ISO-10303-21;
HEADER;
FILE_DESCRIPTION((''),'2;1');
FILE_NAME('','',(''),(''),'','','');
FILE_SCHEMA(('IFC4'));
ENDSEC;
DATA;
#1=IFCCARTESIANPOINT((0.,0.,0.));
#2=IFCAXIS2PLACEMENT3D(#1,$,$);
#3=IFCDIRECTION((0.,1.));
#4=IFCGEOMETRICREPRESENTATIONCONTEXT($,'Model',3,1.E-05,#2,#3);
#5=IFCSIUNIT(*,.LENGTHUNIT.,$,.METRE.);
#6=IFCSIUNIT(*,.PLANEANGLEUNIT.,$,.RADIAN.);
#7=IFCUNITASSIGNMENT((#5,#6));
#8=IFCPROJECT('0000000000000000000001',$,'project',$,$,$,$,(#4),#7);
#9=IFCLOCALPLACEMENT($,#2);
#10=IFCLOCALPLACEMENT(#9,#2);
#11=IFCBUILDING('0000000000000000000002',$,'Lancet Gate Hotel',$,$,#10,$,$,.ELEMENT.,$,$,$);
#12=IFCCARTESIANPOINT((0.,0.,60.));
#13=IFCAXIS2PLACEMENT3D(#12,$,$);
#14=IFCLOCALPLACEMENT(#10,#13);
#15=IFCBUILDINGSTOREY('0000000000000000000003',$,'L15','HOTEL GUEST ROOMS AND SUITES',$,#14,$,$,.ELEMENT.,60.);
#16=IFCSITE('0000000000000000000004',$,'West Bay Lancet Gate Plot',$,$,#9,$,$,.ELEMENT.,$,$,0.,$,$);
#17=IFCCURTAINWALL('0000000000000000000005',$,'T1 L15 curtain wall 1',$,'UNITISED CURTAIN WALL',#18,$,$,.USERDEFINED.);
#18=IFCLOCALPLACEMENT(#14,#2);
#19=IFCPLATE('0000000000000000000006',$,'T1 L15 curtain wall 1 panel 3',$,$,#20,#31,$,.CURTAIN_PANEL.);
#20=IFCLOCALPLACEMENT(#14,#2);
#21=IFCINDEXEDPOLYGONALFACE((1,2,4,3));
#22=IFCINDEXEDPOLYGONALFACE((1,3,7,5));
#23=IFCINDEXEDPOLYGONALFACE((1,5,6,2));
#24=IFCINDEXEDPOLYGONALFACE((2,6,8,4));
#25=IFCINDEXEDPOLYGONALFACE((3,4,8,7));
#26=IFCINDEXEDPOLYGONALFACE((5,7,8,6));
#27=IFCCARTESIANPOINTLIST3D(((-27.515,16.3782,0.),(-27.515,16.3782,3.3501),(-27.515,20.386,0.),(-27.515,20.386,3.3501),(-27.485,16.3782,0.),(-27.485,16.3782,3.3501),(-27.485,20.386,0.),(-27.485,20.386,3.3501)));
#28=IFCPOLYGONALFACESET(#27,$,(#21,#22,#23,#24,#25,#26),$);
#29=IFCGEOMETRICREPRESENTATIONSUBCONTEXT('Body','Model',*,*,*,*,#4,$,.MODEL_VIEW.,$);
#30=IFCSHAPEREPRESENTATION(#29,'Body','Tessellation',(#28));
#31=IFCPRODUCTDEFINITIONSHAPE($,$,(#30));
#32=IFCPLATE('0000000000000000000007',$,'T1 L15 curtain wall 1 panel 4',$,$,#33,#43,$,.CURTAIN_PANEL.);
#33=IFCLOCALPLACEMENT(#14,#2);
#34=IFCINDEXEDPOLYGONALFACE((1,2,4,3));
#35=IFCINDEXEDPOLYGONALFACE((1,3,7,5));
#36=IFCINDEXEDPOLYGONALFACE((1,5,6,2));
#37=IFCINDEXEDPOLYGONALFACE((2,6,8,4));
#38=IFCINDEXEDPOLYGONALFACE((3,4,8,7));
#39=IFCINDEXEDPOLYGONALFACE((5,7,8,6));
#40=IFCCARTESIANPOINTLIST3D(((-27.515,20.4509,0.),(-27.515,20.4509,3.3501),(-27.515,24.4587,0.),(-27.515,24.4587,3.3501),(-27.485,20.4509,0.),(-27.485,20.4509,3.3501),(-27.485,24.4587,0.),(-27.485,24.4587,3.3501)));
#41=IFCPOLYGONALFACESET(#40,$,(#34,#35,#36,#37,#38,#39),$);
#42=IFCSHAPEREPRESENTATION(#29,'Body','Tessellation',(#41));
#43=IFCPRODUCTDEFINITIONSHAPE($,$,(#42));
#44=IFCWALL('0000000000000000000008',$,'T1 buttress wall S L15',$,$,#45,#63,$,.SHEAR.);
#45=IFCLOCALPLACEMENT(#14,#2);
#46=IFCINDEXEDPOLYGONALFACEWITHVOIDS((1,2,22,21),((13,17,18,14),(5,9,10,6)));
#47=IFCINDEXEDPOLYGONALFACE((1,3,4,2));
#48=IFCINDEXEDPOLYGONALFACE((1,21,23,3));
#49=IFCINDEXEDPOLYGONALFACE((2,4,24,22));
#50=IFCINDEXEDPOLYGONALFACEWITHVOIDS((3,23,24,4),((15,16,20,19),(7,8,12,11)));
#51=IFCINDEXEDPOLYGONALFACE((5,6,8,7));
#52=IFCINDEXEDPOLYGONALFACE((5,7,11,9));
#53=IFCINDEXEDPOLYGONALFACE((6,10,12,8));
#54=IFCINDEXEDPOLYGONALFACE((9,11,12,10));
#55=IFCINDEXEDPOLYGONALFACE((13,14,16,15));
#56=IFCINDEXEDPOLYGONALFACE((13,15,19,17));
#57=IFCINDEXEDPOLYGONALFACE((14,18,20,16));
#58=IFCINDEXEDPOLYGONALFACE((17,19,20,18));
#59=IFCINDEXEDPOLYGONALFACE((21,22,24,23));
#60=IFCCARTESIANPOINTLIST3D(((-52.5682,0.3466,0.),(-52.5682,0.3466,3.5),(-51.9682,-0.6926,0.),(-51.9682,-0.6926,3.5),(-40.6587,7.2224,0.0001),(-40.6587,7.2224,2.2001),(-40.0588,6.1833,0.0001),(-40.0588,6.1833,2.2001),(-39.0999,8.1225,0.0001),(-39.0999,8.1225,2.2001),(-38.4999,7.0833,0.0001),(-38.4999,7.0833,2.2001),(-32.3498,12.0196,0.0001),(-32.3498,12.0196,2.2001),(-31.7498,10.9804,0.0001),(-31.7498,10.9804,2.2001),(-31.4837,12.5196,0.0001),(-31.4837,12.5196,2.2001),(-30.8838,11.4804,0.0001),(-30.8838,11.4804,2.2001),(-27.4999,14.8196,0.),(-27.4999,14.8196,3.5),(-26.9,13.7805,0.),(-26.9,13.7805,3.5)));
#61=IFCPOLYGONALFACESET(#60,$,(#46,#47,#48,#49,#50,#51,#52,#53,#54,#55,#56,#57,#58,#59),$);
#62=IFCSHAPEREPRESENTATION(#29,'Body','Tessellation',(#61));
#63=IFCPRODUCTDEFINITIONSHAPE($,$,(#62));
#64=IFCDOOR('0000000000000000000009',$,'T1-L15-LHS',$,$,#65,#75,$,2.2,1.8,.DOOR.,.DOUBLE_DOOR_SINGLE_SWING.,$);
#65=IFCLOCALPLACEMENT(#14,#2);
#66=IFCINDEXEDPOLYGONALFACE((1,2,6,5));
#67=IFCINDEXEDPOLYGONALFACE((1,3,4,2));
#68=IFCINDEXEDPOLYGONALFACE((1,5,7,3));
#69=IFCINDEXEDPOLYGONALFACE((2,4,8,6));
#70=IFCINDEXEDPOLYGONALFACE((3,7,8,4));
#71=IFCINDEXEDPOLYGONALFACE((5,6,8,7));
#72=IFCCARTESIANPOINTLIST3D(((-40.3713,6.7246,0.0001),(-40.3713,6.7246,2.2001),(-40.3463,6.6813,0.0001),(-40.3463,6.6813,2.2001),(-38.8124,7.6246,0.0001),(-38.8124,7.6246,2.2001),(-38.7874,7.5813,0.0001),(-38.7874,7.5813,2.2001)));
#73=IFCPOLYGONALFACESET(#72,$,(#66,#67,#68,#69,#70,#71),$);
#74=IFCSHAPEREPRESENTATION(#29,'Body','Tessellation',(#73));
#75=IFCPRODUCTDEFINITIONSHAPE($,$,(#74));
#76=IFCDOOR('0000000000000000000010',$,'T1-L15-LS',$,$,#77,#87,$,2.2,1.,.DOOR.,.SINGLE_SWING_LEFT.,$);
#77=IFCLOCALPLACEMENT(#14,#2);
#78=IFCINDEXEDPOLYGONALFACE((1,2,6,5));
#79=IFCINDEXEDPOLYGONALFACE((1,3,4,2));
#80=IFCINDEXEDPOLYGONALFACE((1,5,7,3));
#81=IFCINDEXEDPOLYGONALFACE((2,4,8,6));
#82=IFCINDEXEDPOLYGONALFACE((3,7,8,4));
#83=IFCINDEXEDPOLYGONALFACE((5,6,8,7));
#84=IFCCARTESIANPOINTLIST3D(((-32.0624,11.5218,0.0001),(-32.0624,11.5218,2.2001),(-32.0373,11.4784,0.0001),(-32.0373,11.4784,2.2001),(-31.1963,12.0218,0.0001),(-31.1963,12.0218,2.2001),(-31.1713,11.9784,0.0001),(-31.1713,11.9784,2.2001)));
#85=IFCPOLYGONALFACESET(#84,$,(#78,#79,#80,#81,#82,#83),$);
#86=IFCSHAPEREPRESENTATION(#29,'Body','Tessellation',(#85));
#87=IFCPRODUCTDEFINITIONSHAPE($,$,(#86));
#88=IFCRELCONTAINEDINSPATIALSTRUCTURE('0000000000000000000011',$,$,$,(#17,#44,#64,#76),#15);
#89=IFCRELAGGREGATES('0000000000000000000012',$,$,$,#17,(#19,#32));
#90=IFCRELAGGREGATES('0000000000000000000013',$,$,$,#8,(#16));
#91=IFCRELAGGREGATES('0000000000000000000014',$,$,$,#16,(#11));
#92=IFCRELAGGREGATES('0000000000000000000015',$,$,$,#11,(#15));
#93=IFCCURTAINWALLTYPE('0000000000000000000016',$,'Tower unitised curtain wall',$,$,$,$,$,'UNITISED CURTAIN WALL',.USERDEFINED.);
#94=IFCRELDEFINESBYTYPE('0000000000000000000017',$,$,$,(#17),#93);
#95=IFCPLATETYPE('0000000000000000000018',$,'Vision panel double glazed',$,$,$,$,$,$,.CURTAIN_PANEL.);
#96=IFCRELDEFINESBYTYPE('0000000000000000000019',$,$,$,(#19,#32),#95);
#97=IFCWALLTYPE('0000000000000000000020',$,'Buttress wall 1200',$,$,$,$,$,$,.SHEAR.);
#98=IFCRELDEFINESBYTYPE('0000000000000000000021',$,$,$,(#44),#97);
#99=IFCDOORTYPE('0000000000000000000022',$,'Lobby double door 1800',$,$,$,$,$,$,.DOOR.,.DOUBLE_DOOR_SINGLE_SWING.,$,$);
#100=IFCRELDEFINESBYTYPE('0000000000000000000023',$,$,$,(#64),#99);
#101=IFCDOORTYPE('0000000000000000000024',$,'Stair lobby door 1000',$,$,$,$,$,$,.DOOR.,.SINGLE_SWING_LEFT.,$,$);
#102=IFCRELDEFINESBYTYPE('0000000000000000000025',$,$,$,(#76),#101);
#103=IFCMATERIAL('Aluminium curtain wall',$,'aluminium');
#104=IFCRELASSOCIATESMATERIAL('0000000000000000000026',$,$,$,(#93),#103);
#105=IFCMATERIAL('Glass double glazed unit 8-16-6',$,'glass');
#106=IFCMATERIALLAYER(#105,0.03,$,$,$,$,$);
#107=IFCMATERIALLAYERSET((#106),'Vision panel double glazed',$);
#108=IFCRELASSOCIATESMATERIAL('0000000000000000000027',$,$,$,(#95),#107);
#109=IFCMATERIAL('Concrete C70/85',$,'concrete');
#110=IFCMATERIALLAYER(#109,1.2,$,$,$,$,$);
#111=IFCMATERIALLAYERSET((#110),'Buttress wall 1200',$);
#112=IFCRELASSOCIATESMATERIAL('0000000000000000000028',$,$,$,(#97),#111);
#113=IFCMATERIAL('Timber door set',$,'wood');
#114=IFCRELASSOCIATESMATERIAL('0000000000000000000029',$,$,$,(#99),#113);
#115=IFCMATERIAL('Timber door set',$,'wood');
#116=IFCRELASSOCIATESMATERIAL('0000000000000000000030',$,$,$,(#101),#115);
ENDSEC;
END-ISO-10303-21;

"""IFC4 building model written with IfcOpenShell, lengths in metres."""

from ifc_helpers import new_model, si_unit, direction, frame, frame_2d, origin, origin_2d, place, context, subcontext, project, spatial, rectangle, extrude, material, layer, layer_set, type_object, element, fill, aggregate, save


model = new_model("IFC4")

# Units and contexts
model_context = context("Model", 3, precision=1e-05, world=origin(), true_north=direction((0.0, 1.0)))
body_context = subcontext(model_context, "Body", "Model", "MODEL_VIEW")
ifc_project = project(units=[si_unit("LENGTHUNIT", "METRE"), si_unit("PLANEANGLEUNIT", "RADIAN")], contexts=[model_context])

# Site, building, storey
site_placement = place(None, origin())
site = spatial("IfcSite", under=ifc_project, at=site_placement, Name="West Bay Lancet Gate Plot", CompositionType="ELEMENT", RefElevation=0.0)
building_placement = place(site_placement, origin())
building = spatial("IfcBuilding", under=site, at=building_placement, Name="Lancet Gate Hotel", CompositionType="ELEMENT")
storey_placement = place(building_placement, frame((0.0, 0.0, 60.0)))
storey = spatial("IfcBuildingStorey", under=building, at=storey_placement, Name="L15", Description="HOTEL GUEST ROOMS AND SUITES", CompositionType="ELEMENT", Elevation=60.0)

# Curtain wall
ifc_material_1 = material(Name="Aluminium curtain wall", Category="aluminium")
curtain_wall_type = type_object("IfcCurtainWallType", Name="Tower unitised curtain wall", ElementType="UNITISED CURTAIN WALL", PredefinedType="USERDEFINED", material=ifc_material_1)
curtain_wall_placement = place(storey_placement, origin())
curtain_wall = element("IfcCurtainWall", 1, at=curtain_wall_placement, inside=storey, type_object=curtain_wall_type, Name="T1 L15 curtain wall 1", ObjectType="UNITISED CURTAIN WALL", PredefinedType="USERDEFINED")

# Plates
ifc_material_2 = material(Name="Glass double glazed unit 8-16-6", Category="glass")
ifc_layer_1 = layer(ifc_material_2, 0.03)
ifc_layer_set_1 = layer_set([ifc_layer_1], Name="Vision panel double glazed")
plate_type = type_object("IfcPlateType", Name="Vision panel double glazed", PredefinedType="CURTAIN_PANEL", material=ifc_layer_set_1)
plate_1_placement = place(storey_placement, frame((-27.5, 18.3821, 0.0), z_axis=(0.0, 0.0, 1.0), x_axis=(0.0, 1.0, 0.0)))
plate_1 = element("IfcPlate", 2, at=plate_1_placement, type_object=plate_type, Name="T1 L15 curtain wall 1 panel 3", PredefinedType="CURTAIN_PANEL", context=body_context, shape_type="SweptSolid", body=[
    extrude(rectangle(XDim=4.0078, YDim=0.03, at=origin_2d()), origin(), (0.0, 0.0, 1.0), 3.3501),
])
plate_2_placement = place(storey_placement, frame((-27.5, 22.4548, 0.0), z_axis=(0.0, 0.0, 1.0), x_axis=(0.0, 1.0, 0.0)))
plate_2 = element("IfcPlate", 3, at=plate_2_placement, type_object=plate_type, Name="T1 L15 curtain wall 1 panel 4", PredefinedType="CURTAIN_PANEL", context=body_context, shape_type="SweptSolid", body=[
    extrude(rectangle(XDim=4.0078, YDim=0.03, at=origin_2d()), origin(), (0.0, 0.0, 1.0), 3.3501),
])
aggregate(curtain_wall, [plate_1, plate_2])

# Wall, openings, doors
ifc_material_3 = material(Name="Concrete C70/85", Category="concrete")
ifc_layer_2 = layer(ifc_material_3, 1.2)
ifc_layer_set_2 = layer_set([ifc_layer_2], Name="Buttress wall 1200")
wall_type = type_object("IfcWallType", Name="Buttress wall 1200", PredefinedType="SHEAR", material=ifc_layer_set_2)
wall_placement = place(storey_placement, frame((-27.2, 14.3, 0.0), z_axis=(0.0, 0.0, 1.0), x_axis=(-0.866027, -0.499998, 0.0)))
wall = element("IfcWall", 4, at=wall_placement, inside=storey, type_object=wall_type, Name="T1 buttress wall S L15", PredefinedType="SHEAR", context=body_context, shape_type="SweptSolid", body=[
    extrude(rectangle(XDim=28.9463, YDim=1.2, at=frame_2d((14.4731, 0.0))), origin(), (0.0, 0.0, 1.0), 3.5),
])
opening_1_placement = place(wall_placement, frame((4.6001, 0.0, 0.0)))
opening_1 = element("IfcOpeningElement", 5, at=opening_1_placement, cuts=wall, PredefinedType="OPENING", context=body_context, shape_type="SweptSolid", body=[
    extrude(rectangle(XDim=1.0, YDim=2.2, at=frame_2d((0.5, 1.1001))), frame((0.0, 0.6099, 0.0), z_axis=(0.0, -1.0, 0.0), x_axis=(1.0, 0.0, 0.0)), (0.0, 0.0, 1.0), 1.22),
])
opening_2_placement = place(wall_placement, frame((13.3945, 0.0, 0.0)))
opening_2 = element("IfcOpeningElement", 6, at=opening_2_placement, cuts=wall, PredefinedType="OPENING", context=body_context, shape_type="SweptSolid", body=[
    extrude(rectangle(XDim=1.8, YDim=2.2, at=frame_2d((0.8999, 1.1001))), frame((0.0, 0.6099, 0.0), z_axis=(0.0, -1.0, 0.0), x_axis=(1.0, 0.0, 0.0)), (0.0, 0.0, 1.0), 1.22),
])
ifc_material_4 = material(Name="Timber door set", Category="wood")
door_type_1 = type_object("IfcDoorType", Name="Lobby double door 1800", OperationType="DOUBLE_DOOR_SINGLE_SWING", PredefinedType="DOOR", material=ifc_material_4)
door_1_placement = place(opening_2_placement, origin())
door_1 = element("IfcDoor", 7, at=door_1_placement, inside=storey, type_object=door_type_1, Name="T1-L15-LHS", OperationType="DOUBLE_DOOR_SINGLE_SWING", OverallHeight=2.2, OverallWidth=1.8, PredefinedType="DOOR", context=body_context, shape_type="SweptSolid", body=[
    extrude(rectangle(XDim=1.8, YDim=2.2, at=frame_2d((0.8999, 1.1001))), frame((0.0, 0.0249, 0.0), z_axis=(0.0, -1.0, 0.0), x_axis=(1.0, 0.0, 0.0)), (0.0, 0.0, 1.0), 0.05),
])
fill(opening_2, door_1)
ifc_material_5 = material(Name="Timber door set", Category="wood")
door_type_2 = type_object("IfcDoorType", Name="Stair lobby door 1000", OperationType="SINGLE_SWING_LEFT", PredefinedType="DOOR", material=ifc_material_5)
door_2_placement = place(opening_1_placement, origin())
door_2 = element("IfcDoor", 8, at=door_2_placement, inside=storey, type_object=door_type_2, Name="T1-L15-LS", OperationType="SINGLE_SWING_LEFT", OverallHeight=2.2, OverallWidth=1.0, PredefinedType="DOOR", context=body_context, shape_type="SweptSolid", body=[
    extrude(rectangle(XDim=1.0, YDim=2.2, at=frame_2d((0.5, 1.1001))), frame((0.0, 0.0249, 0.0), z_axis=(0.0, -1.0, 0.0), x_axis=(1.0, 0.0, 0.0)), (0.0, 0.0, 1.0), 0.05),
])
fill(opening_1, door_2)

save(model, "model.ifc")
